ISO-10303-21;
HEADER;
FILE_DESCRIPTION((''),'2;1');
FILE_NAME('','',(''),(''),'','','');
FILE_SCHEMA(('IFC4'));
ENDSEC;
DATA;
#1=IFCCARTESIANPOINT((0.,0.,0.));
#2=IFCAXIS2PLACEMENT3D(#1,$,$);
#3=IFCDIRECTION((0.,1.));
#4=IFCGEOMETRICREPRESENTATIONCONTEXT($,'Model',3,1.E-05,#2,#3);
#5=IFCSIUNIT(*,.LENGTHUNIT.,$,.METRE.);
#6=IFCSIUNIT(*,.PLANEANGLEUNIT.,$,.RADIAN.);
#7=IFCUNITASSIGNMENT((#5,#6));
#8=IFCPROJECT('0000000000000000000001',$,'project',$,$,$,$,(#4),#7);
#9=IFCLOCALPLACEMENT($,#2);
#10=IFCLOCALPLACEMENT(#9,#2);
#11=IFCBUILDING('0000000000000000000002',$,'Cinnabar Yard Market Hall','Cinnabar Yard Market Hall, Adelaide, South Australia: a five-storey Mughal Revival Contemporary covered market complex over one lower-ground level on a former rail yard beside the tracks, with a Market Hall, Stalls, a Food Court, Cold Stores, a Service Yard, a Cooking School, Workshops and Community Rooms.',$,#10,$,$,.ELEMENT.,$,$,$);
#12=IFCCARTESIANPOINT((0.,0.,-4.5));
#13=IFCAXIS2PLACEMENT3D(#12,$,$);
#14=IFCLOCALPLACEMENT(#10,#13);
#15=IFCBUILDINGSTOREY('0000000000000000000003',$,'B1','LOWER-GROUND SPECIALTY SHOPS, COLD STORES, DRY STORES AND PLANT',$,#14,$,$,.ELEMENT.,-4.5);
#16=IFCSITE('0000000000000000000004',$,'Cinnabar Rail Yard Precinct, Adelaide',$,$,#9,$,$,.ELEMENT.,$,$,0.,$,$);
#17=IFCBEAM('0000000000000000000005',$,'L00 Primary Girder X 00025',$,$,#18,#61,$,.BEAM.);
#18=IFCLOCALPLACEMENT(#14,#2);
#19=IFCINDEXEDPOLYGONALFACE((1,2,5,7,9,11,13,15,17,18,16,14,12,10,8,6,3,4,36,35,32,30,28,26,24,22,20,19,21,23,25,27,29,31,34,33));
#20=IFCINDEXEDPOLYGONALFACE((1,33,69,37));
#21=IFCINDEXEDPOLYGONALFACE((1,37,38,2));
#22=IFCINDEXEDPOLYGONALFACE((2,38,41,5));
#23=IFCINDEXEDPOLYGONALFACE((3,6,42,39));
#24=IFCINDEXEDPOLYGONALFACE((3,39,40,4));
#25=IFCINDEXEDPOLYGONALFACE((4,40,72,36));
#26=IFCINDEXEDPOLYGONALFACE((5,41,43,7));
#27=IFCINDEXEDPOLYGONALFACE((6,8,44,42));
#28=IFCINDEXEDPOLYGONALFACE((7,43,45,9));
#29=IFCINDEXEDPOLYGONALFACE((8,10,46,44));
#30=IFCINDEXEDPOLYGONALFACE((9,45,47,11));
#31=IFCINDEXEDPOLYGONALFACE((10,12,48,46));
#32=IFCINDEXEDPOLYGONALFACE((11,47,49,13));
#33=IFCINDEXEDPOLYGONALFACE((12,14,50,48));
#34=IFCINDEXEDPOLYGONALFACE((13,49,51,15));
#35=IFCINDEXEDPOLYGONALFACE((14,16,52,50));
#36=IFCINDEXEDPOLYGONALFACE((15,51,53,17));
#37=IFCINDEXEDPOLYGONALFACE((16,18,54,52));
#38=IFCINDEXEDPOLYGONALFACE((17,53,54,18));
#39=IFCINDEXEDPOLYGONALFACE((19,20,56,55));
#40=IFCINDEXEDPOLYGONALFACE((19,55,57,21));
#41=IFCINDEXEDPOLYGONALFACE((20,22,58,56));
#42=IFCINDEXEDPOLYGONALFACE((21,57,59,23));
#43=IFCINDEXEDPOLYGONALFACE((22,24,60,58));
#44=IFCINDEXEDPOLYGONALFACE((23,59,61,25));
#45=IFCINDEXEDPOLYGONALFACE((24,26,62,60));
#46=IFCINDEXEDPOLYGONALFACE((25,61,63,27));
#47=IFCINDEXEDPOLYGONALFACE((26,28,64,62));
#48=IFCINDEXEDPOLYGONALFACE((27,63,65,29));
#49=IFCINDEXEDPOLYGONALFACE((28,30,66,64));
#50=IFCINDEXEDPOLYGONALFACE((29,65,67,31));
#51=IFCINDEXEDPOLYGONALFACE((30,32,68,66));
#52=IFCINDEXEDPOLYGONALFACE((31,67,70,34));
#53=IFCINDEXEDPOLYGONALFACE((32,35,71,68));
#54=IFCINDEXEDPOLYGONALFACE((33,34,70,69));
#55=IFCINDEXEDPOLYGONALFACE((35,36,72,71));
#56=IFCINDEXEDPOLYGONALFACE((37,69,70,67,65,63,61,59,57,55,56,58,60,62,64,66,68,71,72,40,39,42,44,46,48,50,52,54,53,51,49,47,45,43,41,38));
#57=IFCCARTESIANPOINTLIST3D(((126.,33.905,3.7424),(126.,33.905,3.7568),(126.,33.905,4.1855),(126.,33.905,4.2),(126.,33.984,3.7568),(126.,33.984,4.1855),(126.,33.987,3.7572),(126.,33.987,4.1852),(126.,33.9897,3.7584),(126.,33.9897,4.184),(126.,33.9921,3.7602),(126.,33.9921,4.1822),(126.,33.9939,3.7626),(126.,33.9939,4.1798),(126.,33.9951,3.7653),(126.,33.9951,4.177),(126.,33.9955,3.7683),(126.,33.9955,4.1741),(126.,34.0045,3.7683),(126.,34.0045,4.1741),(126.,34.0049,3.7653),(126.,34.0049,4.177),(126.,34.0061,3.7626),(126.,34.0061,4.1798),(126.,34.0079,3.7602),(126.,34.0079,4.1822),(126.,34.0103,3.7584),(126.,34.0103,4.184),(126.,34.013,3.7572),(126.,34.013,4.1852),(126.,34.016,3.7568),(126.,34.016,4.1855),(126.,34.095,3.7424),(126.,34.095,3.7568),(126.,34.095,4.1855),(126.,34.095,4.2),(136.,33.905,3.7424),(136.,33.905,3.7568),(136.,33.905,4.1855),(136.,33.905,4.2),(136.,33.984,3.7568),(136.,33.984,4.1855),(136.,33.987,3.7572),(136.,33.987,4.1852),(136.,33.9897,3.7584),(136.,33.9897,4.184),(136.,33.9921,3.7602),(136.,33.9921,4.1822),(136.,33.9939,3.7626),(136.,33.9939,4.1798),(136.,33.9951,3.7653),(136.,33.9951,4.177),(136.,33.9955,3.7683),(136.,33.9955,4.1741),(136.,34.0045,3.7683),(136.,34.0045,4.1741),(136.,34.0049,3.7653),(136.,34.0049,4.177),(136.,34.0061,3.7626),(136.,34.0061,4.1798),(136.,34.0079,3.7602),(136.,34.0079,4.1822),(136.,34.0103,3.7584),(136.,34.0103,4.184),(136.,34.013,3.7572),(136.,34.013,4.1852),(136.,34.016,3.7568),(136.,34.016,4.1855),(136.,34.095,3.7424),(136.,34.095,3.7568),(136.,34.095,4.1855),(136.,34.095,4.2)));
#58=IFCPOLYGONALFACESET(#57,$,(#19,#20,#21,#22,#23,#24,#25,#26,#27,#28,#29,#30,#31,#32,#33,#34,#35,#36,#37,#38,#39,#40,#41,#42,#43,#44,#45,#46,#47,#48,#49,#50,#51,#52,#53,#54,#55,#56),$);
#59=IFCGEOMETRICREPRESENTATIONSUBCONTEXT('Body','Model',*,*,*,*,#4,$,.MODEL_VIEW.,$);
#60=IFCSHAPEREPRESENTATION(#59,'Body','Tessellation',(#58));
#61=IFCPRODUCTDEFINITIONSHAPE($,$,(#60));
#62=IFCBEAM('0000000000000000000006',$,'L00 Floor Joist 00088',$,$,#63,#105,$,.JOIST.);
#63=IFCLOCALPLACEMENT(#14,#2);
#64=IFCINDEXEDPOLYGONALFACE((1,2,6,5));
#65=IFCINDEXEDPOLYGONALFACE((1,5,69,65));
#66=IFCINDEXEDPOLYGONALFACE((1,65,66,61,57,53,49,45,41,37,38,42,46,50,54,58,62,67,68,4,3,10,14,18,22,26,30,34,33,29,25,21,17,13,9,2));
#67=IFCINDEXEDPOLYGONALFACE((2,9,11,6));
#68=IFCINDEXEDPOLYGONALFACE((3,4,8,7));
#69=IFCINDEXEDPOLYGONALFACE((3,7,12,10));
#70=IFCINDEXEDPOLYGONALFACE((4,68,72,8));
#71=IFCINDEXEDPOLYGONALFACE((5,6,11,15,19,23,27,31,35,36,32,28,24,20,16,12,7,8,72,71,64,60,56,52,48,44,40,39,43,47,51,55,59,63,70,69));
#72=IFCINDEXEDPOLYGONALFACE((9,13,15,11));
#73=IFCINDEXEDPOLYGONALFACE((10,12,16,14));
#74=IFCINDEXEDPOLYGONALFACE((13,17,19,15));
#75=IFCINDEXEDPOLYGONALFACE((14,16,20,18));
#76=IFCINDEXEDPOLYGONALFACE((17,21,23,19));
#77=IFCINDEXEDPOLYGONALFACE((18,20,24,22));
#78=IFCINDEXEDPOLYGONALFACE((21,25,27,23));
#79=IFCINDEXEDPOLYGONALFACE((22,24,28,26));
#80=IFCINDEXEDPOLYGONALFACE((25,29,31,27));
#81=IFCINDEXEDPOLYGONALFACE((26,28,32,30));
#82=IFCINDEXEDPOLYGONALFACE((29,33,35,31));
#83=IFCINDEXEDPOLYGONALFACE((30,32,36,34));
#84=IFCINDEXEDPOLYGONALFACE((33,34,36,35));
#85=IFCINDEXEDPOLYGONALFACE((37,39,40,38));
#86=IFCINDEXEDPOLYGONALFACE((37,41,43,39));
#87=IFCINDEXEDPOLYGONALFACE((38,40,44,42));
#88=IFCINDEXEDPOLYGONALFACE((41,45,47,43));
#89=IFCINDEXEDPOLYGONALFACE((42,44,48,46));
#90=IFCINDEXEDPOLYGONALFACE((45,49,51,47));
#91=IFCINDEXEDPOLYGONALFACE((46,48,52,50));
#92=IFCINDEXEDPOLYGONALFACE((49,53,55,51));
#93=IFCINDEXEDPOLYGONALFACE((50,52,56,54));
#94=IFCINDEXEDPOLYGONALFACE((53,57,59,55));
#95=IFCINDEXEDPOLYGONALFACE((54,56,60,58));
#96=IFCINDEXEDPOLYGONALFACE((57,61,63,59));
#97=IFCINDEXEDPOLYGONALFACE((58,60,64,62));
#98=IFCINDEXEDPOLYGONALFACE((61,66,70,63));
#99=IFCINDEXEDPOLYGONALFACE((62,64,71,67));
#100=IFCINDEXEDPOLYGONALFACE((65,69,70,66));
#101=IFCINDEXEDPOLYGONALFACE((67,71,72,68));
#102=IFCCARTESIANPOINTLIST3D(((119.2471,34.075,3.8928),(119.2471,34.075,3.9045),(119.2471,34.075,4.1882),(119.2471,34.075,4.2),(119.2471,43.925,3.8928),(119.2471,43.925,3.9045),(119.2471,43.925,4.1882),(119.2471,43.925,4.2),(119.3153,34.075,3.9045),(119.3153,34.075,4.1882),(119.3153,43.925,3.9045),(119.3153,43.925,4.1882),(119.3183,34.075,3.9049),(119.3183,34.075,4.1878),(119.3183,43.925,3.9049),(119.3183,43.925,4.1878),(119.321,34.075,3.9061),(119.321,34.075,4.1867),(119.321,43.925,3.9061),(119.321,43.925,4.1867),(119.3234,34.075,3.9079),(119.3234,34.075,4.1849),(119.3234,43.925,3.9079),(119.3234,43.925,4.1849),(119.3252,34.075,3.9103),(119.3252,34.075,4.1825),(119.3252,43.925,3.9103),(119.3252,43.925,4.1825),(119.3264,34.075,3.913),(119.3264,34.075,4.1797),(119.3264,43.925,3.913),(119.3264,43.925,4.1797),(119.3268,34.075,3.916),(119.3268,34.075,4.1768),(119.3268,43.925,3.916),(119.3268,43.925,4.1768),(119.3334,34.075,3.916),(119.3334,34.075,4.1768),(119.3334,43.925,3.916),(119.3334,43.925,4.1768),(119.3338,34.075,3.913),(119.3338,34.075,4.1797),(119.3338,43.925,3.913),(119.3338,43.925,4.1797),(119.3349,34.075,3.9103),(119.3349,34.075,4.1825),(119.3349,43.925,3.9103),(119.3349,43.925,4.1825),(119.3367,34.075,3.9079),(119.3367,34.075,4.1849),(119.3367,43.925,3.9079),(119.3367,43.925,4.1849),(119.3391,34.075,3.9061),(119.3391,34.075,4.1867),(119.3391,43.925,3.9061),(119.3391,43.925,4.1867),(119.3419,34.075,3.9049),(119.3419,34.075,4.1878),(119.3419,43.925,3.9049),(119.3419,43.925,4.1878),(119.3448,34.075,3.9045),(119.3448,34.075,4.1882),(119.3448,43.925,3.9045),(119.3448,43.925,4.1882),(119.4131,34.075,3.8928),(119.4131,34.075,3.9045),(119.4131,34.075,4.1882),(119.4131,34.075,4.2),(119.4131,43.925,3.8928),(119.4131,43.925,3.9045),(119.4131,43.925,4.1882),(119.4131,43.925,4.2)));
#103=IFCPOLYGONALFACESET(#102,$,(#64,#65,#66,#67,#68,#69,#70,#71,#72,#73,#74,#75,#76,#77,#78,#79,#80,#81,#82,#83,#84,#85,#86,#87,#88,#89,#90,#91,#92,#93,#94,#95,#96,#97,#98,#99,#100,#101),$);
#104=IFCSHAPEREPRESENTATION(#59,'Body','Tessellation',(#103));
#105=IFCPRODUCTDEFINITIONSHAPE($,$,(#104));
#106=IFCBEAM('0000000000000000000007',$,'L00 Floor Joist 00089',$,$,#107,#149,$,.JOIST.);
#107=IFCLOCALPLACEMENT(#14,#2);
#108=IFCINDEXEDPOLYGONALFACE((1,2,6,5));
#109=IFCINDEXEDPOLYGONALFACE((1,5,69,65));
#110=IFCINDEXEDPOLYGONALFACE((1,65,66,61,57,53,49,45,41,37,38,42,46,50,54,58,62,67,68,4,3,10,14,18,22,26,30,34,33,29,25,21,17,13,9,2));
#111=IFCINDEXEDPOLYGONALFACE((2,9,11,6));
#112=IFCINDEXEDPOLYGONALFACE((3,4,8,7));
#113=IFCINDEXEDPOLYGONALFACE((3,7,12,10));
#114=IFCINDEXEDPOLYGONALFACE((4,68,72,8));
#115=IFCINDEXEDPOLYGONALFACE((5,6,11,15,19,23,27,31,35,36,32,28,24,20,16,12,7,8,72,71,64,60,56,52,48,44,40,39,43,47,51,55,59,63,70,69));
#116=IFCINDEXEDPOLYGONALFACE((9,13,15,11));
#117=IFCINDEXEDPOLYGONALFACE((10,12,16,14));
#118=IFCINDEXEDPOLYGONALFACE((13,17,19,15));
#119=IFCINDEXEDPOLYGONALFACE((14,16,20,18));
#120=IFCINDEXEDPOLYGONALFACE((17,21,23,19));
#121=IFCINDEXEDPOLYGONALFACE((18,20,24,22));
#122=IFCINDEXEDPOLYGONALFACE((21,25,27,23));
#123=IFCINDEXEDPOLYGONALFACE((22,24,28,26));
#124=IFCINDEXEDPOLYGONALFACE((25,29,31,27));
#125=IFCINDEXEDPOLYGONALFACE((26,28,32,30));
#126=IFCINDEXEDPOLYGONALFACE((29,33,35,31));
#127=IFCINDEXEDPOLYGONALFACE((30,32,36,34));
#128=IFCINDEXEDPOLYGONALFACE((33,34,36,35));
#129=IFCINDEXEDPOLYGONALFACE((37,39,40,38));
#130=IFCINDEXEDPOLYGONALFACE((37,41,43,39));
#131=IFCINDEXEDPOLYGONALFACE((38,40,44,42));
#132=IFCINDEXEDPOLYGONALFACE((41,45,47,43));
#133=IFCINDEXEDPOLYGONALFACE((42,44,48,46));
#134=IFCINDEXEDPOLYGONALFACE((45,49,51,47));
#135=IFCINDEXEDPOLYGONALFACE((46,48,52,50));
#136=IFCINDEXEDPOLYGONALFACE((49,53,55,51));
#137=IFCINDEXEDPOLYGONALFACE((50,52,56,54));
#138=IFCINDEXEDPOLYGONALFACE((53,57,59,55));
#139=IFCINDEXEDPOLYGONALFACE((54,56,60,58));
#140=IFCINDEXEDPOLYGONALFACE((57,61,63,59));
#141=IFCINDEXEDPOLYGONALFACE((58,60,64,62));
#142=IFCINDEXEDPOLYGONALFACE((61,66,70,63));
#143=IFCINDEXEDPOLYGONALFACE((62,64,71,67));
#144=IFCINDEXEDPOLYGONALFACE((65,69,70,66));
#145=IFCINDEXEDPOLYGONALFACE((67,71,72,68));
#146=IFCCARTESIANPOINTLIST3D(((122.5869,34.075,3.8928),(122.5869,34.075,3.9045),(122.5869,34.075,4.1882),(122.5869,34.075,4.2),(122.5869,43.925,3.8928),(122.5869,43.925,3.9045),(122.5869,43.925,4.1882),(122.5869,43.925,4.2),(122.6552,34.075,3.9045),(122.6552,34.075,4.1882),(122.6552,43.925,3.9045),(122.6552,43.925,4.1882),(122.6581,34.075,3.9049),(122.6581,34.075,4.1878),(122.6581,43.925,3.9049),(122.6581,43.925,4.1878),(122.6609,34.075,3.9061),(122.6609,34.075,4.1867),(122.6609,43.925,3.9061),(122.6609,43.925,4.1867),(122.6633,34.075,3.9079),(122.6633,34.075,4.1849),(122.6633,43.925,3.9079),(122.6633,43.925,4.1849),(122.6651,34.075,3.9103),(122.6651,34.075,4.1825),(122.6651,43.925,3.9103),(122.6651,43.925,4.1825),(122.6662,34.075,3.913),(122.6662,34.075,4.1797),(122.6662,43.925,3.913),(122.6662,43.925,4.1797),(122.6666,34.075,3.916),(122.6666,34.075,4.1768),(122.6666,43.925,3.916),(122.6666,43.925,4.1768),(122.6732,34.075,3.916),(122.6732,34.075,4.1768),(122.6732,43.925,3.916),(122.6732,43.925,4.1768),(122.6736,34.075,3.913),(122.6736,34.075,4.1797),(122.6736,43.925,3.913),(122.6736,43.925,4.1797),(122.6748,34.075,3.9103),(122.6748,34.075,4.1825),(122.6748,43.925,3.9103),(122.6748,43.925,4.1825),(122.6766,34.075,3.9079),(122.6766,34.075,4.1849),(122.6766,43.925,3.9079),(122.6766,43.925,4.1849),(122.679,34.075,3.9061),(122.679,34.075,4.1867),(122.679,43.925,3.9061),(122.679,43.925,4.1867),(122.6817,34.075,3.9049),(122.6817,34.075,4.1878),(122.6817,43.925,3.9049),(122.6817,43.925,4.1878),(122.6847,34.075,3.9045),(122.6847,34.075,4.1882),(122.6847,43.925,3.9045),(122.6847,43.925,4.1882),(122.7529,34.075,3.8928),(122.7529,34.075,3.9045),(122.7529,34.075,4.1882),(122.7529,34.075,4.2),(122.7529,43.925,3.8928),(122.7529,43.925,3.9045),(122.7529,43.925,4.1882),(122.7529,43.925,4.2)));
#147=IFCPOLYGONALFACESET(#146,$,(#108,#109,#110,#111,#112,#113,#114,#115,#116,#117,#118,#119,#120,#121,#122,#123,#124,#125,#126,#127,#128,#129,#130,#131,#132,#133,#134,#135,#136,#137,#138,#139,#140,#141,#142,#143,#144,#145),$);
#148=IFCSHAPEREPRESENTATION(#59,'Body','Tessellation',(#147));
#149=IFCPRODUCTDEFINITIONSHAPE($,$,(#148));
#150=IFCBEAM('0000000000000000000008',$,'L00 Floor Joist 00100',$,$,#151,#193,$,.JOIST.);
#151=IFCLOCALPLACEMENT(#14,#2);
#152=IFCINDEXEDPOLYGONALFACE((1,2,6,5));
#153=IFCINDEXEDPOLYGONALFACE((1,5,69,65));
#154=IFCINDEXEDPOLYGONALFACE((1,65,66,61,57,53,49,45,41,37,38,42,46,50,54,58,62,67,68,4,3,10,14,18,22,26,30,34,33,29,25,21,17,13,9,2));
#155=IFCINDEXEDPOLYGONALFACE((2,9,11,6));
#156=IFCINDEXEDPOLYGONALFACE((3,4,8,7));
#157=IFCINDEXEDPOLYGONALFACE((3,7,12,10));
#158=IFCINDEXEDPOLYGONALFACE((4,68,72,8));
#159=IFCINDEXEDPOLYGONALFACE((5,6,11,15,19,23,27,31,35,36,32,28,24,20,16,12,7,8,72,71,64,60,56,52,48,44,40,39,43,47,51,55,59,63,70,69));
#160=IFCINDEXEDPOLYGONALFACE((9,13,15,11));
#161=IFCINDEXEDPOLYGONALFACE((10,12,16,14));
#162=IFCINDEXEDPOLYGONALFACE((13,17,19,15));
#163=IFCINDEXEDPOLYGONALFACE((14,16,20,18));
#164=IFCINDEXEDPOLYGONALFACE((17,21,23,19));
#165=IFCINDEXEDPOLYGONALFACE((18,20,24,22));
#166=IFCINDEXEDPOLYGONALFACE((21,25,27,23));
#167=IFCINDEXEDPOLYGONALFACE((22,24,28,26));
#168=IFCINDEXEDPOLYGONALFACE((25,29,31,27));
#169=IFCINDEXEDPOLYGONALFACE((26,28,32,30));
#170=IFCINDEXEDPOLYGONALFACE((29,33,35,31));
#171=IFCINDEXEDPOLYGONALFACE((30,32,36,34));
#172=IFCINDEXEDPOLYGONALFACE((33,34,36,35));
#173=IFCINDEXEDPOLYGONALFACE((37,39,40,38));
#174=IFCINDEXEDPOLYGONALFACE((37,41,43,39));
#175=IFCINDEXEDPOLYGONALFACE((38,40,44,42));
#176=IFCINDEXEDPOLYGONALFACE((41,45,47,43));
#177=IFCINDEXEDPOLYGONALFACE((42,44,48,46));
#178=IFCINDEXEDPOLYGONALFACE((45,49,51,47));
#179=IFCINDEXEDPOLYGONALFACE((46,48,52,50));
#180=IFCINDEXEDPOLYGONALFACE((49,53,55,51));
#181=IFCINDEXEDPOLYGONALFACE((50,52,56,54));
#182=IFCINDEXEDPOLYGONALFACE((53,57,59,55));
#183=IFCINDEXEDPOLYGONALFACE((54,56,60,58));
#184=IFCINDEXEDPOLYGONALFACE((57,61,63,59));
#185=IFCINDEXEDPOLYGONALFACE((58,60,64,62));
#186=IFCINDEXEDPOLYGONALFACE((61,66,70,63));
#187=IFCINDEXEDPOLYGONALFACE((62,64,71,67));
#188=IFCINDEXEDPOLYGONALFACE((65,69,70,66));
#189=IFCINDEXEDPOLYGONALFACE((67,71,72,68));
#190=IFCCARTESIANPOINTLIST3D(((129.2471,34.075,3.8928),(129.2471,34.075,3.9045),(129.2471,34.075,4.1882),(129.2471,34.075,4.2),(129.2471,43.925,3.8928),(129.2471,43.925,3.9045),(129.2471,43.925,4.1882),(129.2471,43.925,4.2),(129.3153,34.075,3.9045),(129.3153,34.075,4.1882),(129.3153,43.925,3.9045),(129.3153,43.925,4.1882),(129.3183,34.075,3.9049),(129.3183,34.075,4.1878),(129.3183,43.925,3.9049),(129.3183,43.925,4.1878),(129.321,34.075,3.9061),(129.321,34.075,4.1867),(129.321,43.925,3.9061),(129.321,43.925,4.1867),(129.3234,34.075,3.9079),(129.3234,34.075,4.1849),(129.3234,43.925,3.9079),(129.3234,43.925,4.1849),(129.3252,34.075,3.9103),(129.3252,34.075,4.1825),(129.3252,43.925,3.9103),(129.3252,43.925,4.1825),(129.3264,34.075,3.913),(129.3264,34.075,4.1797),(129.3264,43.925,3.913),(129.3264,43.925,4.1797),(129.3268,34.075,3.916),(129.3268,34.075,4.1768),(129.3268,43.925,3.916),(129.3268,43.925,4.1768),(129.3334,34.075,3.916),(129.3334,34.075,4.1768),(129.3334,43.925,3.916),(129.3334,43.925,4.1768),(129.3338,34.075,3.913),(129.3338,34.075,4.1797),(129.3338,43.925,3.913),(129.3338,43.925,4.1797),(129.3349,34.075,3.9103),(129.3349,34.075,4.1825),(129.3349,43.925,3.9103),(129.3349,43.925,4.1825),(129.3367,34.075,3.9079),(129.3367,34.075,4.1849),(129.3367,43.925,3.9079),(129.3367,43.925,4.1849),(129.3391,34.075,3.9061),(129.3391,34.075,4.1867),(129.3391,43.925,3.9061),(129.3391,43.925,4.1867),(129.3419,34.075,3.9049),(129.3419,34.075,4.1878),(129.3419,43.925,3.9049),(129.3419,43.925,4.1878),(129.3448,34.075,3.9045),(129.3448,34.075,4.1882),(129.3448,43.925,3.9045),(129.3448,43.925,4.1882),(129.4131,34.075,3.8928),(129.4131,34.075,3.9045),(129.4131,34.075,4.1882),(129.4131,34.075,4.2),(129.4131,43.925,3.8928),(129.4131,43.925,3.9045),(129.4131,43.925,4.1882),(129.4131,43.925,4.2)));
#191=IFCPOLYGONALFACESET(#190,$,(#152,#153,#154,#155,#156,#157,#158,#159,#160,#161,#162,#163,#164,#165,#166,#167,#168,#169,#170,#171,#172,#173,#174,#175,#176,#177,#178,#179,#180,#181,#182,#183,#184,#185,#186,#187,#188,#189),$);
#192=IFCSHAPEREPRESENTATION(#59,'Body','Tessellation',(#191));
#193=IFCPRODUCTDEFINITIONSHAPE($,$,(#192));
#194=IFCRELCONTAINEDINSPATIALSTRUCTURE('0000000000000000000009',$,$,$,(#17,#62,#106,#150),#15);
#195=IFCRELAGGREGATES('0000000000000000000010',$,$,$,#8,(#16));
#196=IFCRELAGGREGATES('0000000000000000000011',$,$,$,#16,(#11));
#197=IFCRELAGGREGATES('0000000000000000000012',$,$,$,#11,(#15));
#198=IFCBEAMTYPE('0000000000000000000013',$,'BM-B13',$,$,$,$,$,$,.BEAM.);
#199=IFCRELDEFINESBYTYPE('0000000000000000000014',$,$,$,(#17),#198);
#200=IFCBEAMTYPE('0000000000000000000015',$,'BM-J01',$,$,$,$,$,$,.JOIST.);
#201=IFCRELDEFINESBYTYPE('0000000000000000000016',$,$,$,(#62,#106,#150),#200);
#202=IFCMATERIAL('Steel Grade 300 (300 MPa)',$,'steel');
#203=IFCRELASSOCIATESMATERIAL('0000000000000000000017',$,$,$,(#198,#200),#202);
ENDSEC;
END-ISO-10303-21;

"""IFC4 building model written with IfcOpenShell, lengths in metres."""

from ifc_helpers import new_model, si_unit, direction, frame, origin, origin_2d_with_axis, place, context, subcontext, project, spatial, i_section, extrude, material, material_profile, profile_set, type_object, element, save


model = new_model("IFC4")

# Units and contexts
model_context = context("Model", 3, precision=1e-05, world=origin(), true_north=direction((0.0, 1.0)))
body_context = subcontext(model_context, "Body", "Model", "MODEL_VIEW")
ifc_project = project(units=[si_unit("LENGTHUNIT", "METRE"), si_unit("PLANEANGLEUNIT", "RADIAN")], contexts=[model_context])

# Site, building, storey
site_placement = place(None, origin())
site = spatial("IfcSite", under=ifc_project, at=site_placement, Name="Cinnabar Rail Yard Precinct, Adelaide", CompositionType="ELEMENT", RefElevation=0.0)
building_placement = place(site_placement, origin())
building = spatial("IfcBuilding", under=site, at=building_placement, Name="Cinnabar Yard Market Hall", Description="Cinnabar Yard Market Hall, Adelaide, South Australia: a five-storey Mughal Revival Contemporary covered market complex over one lower-ground level on a former rail yard beside the tracks, with a Market Hall, Stalls, a Food Court, Cold Stores, a Service Yard, a Cooking School, Workshops and Community Rooms.", CompositionType="ELEMENT")
storey_placement = place(building_placement, frame((0.0, 0.0, -4.5)))
storey = spatial("IfcBuildingStorey", under=building, at=storey_placement, Name="B1", Description="LOWER-GROUND SPECIALTY SHOPS, COLD STORES, DRY STORES AND PLANT", CompositionType="ELEMENT", Elevation=-4.5)

# Beams
ifc_material_1 = material(Name="Steel Grade 300 (300 MPa)", Category="steel")
ifc_material_profile_1 = material_profile(ifc_material_1, i_section(OverallWidth=0.1899, OverallDepth=0.4575, WebThickness=0.009, FlangeThickness=0.0144, FilletRadius=0.0115, at=origin_2d_with_axis()), Name="460UB74.6")
ifc_profile_set_1 = profile_set([ifc_material_profile_1], Name="Steel Grade 300 (300 MPa)")
beam_type_1 = type_object("IfcBeamType", Name="BM-B13", PredefinedType="BEAM", material=ifc_profile_set_1)
beam_1_placement = place(storey_placement, frame((126.0, 34.0, 3.9712), z_axis=(1.0, 0.0, 0.0), x_axis=(0.0, 1.0, 0.0)))
element("IfcBeam", 1, at=beam_1_placement, inside=storey, type_object=beam_type_1, Name="L00 Primary Girder X 00025", PredefinedType="BEAM", context=body_context, shape_type="SweptSolid", body=[
    extrude(i_section(OverallWidth=0.1899, OverallDepth=0.4575, WebThickness=0.009, FlangeThickness=0.0144, FilletRadius=0.0115, at=origin_2d_with_axis()), origin(), (0.0, 0.0, 1.0), 10.0),
])
ifc_material_profile_2 = material_profile(ifc_material_1, i_section(OverallWidth=0.166, OverallDepth=0.3071, WebThickness=0.0066, FlangeThickness=0.0117, FilletRadius=0.0115, at=origin_2d_with_axis()), Name="310UB46.2")
ifc_profile_set_2 = profile_set([ifc_material_profile_2], Name="Steel Grade 300 (300 MPa)")
beam_type_2 = type_object("IfcBeamType", Name="BM-J01", PredefinedType="JOIST", material=ifc_profile_set_2)
for number, where, z_axis, x_axis, name in (
    (2, (119.3301, 34.075, 4.0464), (0.0, 1.0, 0.0), (-1.0, 0.0, 0.0), "L00 Floor Joist 00088"),
    (3, (122.6699, 34.075, 4.0464), (0.0, 1.0, 0.0), (-1.0, 0.0, 0.0), "L00 Floor Joist 00089"),
    (4, (129.3301, 34.075, 4.0464), (0.0, 1.0, 0.0), (-1.0, 0.0, 0.0), "L00 Floor Joist 00100"),
):
    element("IfcBeam", number, at=place(storey_placement, frame(where, z_axis=z_axis, x_axis=x_axis)), inside=storey, type_object=beam_type_2, Name=name, PredefinedType="JOIST", context=body_context, shape_type="SweptSolid", body=[
        extrude(i_section(OverallWidth=0.166, OverallDepth=0.3071, WebThickness=0.0066, FlangeThickness=0.0117, FilletRadius=0.0115, at=origin_2d_with_axis()), origin(), (0.0, 0.0, 1.0), 9.8501),
    ])

save(model, "model.ifc")
